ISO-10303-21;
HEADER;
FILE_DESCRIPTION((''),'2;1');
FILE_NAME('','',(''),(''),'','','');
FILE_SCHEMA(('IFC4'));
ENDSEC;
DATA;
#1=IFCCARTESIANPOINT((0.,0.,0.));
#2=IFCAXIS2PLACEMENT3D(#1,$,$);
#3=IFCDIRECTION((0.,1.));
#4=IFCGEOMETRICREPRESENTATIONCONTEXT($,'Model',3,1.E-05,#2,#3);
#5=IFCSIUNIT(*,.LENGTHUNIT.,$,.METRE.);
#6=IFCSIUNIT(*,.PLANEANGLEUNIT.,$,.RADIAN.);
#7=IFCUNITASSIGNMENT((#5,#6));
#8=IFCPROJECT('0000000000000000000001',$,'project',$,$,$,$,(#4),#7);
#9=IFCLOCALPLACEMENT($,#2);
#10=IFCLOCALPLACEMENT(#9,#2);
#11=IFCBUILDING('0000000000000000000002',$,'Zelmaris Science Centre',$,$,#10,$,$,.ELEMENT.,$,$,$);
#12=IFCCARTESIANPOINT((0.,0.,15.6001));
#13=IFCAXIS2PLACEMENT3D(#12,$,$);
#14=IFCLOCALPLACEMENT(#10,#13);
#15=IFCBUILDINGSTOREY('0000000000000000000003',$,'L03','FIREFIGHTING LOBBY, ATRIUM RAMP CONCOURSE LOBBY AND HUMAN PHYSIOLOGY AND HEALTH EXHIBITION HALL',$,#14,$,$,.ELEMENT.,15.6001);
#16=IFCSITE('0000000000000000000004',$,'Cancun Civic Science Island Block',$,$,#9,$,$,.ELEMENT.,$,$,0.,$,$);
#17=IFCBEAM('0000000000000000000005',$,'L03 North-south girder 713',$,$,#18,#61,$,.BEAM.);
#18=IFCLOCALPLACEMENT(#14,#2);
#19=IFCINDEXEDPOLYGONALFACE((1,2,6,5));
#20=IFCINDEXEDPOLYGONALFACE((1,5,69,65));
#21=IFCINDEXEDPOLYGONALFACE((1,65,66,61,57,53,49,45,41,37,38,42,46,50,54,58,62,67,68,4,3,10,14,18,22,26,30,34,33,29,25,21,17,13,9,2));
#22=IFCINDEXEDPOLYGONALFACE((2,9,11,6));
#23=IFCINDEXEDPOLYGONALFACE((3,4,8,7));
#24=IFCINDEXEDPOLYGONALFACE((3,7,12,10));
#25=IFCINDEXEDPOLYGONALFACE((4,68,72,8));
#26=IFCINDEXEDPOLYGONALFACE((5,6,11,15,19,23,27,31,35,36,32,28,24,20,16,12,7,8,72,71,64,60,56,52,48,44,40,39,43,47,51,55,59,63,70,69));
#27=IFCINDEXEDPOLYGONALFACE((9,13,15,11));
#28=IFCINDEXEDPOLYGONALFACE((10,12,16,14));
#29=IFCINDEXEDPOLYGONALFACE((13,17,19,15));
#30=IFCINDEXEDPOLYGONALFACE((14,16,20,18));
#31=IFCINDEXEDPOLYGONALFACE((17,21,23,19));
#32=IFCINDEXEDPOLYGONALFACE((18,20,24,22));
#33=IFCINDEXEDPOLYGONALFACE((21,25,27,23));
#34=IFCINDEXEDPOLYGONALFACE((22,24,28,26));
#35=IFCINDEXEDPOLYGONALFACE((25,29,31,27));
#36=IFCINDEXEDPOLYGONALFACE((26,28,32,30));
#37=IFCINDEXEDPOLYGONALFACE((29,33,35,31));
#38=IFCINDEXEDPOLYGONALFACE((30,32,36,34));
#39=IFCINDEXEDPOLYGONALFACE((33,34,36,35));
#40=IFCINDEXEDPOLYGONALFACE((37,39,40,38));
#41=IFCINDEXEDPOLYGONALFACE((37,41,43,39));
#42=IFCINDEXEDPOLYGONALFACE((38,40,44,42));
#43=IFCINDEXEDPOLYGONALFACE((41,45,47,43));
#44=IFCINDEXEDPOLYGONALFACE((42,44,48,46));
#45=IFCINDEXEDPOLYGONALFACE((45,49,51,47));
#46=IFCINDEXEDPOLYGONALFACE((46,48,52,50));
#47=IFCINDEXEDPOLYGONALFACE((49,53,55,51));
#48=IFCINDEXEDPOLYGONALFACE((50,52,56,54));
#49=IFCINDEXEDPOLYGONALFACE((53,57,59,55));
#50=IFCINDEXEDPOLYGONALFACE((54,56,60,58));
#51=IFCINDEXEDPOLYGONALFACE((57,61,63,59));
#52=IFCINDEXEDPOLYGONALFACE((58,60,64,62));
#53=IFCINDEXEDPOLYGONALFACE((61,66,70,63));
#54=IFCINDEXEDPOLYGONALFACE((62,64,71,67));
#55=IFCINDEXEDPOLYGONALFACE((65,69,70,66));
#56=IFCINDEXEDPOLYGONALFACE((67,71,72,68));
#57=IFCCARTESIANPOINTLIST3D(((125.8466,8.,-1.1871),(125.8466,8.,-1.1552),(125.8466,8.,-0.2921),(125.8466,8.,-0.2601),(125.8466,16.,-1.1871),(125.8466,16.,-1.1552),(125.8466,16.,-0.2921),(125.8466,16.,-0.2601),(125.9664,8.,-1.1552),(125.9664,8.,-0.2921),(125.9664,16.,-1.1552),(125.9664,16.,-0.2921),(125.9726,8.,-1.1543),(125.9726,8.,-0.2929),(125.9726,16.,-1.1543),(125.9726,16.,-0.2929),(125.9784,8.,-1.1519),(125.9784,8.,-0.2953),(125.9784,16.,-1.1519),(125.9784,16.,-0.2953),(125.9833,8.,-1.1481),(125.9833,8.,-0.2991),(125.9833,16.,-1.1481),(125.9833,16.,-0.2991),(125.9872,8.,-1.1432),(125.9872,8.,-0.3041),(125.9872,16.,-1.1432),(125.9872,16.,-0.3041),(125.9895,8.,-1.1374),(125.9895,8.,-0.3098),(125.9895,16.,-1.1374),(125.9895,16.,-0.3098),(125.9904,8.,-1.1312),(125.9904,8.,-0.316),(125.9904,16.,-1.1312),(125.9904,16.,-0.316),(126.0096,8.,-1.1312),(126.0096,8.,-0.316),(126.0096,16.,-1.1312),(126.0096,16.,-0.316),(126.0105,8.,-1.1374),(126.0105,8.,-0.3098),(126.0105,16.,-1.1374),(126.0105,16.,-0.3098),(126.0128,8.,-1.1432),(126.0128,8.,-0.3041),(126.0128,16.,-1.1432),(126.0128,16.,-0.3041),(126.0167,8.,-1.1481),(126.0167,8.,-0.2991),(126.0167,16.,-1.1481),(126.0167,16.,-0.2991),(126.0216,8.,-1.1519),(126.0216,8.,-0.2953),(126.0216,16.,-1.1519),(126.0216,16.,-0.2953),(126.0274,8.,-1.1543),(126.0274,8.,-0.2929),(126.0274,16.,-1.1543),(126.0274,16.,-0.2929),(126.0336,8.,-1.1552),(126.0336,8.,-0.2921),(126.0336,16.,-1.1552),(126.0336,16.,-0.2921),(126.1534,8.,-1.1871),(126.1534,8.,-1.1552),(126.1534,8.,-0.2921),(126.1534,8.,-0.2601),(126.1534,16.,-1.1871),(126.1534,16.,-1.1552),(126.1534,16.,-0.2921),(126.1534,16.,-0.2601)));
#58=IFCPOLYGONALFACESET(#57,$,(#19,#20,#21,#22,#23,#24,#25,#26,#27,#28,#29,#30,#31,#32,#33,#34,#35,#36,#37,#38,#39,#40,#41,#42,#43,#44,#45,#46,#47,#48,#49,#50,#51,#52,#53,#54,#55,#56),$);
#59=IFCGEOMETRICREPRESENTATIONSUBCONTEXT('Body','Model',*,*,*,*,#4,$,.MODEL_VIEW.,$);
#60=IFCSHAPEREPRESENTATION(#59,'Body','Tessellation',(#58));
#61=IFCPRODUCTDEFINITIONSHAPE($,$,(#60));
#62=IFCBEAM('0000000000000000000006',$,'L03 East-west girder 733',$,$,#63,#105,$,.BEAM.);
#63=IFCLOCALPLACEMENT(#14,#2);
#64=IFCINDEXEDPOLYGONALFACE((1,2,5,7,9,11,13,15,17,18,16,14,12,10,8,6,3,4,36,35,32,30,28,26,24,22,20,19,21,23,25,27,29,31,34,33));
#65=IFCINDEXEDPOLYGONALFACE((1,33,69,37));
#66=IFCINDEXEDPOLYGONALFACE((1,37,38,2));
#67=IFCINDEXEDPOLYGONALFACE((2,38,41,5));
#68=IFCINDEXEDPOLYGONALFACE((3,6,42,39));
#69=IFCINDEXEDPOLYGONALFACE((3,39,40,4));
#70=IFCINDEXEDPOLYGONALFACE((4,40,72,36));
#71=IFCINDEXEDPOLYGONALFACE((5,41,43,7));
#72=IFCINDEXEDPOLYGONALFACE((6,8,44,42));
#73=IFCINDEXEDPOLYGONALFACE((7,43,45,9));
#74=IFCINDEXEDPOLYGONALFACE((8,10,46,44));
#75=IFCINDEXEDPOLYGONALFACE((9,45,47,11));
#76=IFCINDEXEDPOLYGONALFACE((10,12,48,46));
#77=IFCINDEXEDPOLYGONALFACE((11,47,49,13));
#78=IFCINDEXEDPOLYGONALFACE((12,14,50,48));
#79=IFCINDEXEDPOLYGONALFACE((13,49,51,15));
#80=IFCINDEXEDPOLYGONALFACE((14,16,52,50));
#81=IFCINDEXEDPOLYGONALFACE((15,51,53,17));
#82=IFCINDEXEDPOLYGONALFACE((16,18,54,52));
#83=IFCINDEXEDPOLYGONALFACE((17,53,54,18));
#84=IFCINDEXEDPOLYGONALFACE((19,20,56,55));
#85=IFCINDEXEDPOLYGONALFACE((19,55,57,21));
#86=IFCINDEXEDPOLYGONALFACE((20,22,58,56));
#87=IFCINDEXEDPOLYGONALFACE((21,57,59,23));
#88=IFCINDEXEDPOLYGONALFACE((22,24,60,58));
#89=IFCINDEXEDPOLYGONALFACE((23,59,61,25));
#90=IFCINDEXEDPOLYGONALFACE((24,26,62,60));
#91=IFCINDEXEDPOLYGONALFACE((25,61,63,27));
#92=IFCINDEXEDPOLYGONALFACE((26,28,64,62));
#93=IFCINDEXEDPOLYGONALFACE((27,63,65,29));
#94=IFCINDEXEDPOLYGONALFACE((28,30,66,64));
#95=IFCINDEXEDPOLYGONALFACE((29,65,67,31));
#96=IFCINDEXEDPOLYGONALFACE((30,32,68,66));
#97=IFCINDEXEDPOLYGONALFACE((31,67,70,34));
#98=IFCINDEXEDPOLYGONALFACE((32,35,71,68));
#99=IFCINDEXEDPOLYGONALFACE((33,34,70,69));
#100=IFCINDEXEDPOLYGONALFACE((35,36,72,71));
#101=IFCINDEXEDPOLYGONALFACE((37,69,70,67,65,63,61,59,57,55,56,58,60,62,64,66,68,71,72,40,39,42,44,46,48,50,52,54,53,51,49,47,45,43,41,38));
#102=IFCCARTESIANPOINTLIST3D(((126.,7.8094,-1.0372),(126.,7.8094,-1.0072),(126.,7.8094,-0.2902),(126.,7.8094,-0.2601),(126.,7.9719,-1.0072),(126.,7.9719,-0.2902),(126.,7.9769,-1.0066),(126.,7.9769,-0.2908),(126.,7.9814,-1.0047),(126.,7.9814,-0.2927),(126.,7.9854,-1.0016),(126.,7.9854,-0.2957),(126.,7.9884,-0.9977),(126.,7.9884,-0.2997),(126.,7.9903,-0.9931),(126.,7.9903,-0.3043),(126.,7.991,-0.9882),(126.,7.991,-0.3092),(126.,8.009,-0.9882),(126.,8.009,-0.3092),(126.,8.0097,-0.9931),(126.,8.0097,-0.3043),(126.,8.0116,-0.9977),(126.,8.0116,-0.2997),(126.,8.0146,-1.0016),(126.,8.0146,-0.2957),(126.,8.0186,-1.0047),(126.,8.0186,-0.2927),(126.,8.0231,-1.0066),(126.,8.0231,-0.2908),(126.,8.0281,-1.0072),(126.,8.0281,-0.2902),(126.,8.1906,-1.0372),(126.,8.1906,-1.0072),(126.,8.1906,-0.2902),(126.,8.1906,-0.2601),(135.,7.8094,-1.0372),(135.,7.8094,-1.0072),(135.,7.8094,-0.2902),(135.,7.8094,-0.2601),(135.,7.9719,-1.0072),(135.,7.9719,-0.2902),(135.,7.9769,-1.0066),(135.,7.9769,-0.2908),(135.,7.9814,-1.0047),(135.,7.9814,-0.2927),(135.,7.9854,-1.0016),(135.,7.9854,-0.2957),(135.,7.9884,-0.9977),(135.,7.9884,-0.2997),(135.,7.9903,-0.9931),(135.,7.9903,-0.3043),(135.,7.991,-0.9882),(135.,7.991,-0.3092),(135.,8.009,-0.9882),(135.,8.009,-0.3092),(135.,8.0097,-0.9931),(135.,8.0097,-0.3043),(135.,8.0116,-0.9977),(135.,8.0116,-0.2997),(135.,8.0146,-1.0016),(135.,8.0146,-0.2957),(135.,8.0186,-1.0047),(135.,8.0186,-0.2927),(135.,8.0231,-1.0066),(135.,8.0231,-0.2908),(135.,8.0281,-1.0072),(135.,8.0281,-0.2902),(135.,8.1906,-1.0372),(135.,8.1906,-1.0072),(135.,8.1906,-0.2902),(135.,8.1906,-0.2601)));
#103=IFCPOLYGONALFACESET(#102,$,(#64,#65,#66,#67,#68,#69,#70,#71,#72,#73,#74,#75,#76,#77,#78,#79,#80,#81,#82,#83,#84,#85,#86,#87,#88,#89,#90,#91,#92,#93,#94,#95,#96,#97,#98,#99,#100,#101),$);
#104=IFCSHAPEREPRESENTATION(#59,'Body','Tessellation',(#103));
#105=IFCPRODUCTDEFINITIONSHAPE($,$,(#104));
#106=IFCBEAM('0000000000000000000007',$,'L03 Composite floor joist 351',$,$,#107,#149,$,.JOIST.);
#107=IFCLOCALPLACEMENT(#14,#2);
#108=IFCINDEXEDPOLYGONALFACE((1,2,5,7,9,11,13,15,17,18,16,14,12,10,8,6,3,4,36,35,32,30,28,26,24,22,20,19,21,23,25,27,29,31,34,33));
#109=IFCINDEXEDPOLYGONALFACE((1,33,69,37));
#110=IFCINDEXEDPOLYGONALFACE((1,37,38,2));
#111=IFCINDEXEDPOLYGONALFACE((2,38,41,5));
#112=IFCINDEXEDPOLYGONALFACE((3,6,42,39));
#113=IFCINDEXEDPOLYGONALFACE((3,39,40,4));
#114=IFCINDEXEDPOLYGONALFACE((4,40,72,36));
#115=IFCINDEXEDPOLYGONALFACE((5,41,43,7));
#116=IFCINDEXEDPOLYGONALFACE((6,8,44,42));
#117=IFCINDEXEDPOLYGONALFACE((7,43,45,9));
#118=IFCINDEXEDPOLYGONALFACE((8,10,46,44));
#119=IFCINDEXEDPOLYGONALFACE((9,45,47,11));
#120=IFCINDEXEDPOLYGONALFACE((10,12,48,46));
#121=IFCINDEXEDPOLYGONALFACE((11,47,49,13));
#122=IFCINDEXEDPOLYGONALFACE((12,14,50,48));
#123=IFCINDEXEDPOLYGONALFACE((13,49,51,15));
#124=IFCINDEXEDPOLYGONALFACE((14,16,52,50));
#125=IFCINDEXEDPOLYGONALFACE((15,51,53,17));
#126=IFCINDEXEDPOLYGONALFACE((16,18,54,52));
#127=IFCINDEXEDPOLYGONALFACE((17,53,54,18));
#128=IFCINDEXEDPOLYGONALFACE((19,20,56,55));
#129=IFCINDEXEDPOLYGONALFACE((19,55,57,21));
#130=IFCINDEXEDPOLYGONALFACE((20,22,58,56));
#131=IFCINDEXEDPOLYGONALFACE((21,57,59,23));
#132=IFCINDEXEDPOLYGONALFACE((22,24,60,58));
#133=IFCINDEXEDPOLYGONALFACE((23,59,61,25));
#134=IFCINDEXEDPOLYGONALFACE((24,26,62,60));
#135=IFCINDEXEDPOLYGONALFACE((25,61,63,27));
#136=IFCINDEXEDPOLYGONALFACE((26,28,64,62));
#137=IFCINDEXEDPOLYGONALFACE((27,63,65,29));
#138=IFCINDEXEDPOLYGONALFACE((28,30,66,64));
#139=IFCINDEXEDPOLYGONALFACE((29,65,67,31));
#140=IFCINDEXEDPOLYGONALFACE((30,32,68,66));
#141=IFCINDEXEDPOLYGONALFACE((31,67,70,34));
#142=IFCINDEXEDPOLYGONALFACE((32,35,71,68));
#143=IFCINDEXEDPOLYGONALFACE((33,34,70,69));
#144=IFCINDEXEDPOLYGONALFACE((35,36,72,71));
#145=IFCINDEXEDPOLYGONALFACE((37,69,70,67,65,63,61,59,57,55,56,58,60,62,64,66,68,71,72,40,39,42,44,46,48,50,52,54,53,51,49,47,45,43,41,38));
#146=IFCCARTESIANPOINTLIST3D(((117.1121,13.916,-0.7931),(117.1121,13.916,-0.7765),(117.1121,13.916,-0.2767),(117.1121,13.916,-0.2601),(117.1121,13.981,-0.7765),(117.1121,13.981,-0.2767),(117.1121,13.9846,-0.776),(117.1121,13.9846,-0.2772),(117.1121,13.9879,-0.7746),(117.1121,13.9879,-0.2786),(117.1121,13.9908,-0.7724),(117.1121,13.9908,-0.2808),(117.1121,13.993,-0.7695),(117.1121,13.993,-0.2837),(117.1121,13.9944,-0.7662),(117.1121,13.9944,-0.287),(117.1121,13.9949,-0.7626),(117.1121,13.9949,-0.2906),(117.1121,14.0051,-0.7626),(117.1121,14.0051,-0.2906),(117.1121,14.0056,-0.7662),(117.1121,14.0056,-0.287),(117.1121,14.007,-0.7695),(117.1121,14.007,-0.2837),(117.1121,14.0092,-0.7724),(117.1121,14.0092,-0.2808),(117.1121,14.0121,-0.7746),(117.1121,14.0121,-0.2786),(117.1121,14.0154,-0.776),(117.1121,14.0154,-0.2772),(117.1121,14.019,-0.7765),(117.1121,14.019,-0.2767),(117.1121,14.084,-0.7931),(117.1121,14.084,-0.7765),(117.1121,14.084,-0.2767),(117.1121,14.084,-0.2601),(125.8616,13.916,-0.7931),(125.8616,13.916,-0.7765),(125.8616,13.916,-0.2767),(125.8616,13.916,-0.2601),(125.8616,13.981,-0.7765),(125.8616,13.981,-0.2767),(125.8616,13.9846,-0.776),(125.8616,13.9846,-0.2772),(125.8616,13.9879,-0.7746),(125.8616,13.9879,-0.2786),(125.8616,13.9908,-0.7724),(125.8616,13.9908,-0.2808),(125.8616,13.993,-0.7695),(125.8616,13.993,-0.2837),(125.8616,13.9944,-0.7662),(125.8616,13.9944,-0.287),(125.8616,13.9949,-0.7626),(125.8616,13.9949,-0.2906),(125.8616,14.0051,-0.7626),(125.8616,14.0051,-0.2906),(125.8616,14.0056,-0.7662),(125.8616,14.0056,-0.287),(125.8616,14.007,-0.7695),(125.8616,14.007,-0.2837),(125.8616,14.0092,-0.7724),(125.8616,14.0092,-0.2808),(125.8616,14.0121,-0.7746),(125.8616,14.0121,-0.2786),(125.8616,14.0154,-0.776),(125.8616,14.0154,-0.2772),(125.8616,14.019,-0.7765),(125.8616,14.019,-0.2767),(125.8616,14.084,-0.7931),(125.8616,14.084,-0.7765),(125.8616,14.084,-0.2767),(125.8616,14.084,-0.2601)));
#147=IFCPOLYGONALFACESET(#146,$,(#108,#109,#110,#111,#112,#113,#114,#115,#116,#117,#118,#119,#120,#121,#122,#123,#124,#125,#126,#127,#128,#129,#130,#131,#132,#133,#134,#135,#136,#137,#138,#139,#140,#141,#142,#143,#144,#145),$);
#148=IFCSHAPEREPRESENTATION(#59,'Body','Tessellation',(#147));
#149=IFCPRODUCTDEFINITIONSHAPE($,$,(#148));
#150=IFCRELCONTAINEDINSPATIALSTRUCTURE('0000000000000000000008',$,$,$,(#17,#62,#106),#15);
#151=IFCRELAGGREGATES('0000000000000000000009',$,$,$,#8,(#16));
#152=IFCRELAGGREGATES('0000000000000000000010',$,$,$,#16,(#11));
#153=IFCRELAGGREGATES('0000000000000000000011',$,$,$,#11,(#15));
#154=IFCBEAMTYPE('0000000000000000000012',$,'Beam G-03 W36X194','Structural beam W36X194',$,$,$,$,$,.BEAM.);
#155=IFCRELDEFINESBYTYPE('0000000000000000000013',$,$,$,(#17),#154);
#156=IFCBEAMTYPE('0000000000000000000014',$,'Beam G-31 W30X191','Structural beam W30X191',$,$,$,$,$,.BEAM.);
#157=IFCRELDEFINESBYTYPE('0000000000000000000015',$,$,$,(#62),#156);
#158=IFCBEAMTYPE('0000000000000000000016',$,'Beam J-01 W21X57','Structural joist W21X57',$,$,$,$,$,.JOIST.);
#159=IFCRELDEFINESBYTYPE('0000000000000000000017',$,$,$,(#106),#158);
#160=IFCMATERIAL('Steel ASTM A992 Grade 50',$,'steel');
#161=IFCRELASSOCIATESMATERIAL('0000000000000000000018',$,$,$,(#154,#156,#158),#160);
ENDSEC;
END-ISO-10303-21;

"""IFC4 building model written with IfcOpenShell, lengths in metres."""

from ifc_helpers import new_model, si_unit, direction, frame, origin, origin_2d, place, context, subcontext, project, spatial, i_section, extrude, material, material_profile, profile_set, type_object, element, save


model = new_model("IFC4")

# Units and contexts
model_context = context("Model", 3, precision=1e-05, world=origin(), true_north=direction((0.0, 1.0)))
body_context = subcontext(model_context, "Body", "Model", "MODEL_VIEW")
ifc_project = project(units=[si_unit("LENGTHUNIT", "METRE"), si_unit("PLANEANGLEUNIT", "RADIAN")], contexts=[model_context])

# Site, building, storey
site_placement = place(None, origin())
site = spatial("IfcSite", under=ifc_project, at=site_placement, Name="Cancun Civic Science Island Block", CompositionType="ELEMENT", RefElevation=0.0)
building_placement = place(site_placement, origin())
building = spatial("IfcBuilding", under=site, at=building_placement, Name="Zelmaris Science Centre", CompositionType="ELEMENT")
storey_placement = place(building_placement, frame((0.0, 0.0, 15.6001)))
storey = spatial("IfcBuildingStorey", under=building, at=storey_placement, Name="L03", Description="FIREFIGHTING LOBBY, ATRIUM RAMP CONCOURSE LOBBY AND HUMAN PHYSIOLOGY AND HEALTH EXHIBITION HALL", CompositionType="ELEMENT", Elevation=15.6001)

# Beams
ifc_material_1 = material(Name="Steel ASTM A992 Grade 50", Category="steel")
ifc_material_profile_1 = material_profile(ifc_material_1, i_section(OverallWidth=0.3069, OverallDepth=0.927, WebThickness=0.0193, FlangeThickness=0.032, FilletRadius=0.0239, at=origin_2d()), Name="W36X194")
ifc_profile_set_1 = profile_set([ifc_material_profile_1], Name="Steel ASTM A992 Grade 50")
beam_type_1 = type_object("IfcBeamType", Name="Beam G-03 W36X194", Description="Structural beam W36X194", PredefinedType="BEAM", material=ifc_profile_set_1)
beam_1_placement = place(storey_placement, frame((126.0, 8.0, -0.7236), z_axis=(0.0, 1.0, 0.0), x_axis=(-1.0, 0.0, 0.0)))
element("IfcBeam", 1, at=beam_1_placement, inside=storey, type_object=beam_type_1, Name="L03 North-south girder 713", PredefinedType="BEAM", context=body_context, shape_type="SweptSolid", body=[
    extrude(i_section(OverallWidth=0.3069, OverallDepth=0.927, WebThickness=0.0193, FlangeThickness=0.032, FilletRadius=0.0239, at=origin_2d()), origin(), (0.0, 0.0, 1.0), 8.0),
])
ifc_material_profile_2 = material_profile(ifc_material_1, i_section(OverallWidth=0.3811, OverallDepth=0.7771, WebThickness=0.0181, FlangeThickness=0.03, FilletRadius=0.019, at=origin_2d()), Name="W30X191")
ifc_profile_set_2 = profile_set([ifc_material_profile_2], Name="Steel ASTM A992 Grade 50")
beam_type_2 = type_object("IfcBeamType", Name="Beam G-31 W30X191", Description="Structural beam W30X191", PredefinedType="BEAM", material=ifc_profile_set_2)
beam_2_placement = place(storey_placement, frame((126.0, 8.0, -0.6487), z_axis=(1.0, 0.0, 0.0), x_axis=(0.0, 1.0, 0.0)))
element("IfcBeam", 2, at=beam_2_placement, inside=storey, type_object=beam_type_2, Name="L03 East-west girder 733", PredefinedType="BEAM", context=body_context, shape_type="SweptSolid", body=[
    extrude(i_section(OverallWidth=0.3811, OverallDepth=0.7771, WebThickness=0.0181, FlangeThickness=0.03, FilletRadius=0.019, at=origin_2d()), origin(), (0.0, 0.0, 1.0), 9.0),
])
ifc_material_profile_3 = material_profile(ifc_material_1, i_section(OverallWidth=0.168, OverallDepth=0.533, WebThickness=0.0103, FlangeThickness=0.0166, FilletRadius=0.0139, at=origin_2d()), Name="W21X57")
ifc_profile_set_3 = profile_set([ifc_material_profile_3], Name="Steel ASTM A992 Grade 50")
beam_type_3 = type_object("IfcBeamType", Name="Beam J-01 W21X57", Description="Structural joist W21X57", PredefinedType="JOIST", material=ifc_profile_set_3)
beam_3_placement = place(storey_placement, frame((117.1121, 14.0, -0.5266), z_axis=(1.0, 0.0, 0.0), x_axis=(0.0, 1.0, 0.0)))
element("IfcBeam", 3, at=beam_3_placement, inside=storey, type_object=beam_type_3, Name="L03 Composite floor joist 351", PredefinedType="JOIST", context=body_context, shape_type="SweptSolid", body=[
    extrude(i_section(OverallWidth=0.168, OverallDepth=0.533, WebThickness=0.0103, FlangeThickness=0.0166, FilletRadius=0.0139, at=origin_2d()), origin(), (0.0, 0.0, 1.0), 8.7495),
])

save(model, "model.ifc")
